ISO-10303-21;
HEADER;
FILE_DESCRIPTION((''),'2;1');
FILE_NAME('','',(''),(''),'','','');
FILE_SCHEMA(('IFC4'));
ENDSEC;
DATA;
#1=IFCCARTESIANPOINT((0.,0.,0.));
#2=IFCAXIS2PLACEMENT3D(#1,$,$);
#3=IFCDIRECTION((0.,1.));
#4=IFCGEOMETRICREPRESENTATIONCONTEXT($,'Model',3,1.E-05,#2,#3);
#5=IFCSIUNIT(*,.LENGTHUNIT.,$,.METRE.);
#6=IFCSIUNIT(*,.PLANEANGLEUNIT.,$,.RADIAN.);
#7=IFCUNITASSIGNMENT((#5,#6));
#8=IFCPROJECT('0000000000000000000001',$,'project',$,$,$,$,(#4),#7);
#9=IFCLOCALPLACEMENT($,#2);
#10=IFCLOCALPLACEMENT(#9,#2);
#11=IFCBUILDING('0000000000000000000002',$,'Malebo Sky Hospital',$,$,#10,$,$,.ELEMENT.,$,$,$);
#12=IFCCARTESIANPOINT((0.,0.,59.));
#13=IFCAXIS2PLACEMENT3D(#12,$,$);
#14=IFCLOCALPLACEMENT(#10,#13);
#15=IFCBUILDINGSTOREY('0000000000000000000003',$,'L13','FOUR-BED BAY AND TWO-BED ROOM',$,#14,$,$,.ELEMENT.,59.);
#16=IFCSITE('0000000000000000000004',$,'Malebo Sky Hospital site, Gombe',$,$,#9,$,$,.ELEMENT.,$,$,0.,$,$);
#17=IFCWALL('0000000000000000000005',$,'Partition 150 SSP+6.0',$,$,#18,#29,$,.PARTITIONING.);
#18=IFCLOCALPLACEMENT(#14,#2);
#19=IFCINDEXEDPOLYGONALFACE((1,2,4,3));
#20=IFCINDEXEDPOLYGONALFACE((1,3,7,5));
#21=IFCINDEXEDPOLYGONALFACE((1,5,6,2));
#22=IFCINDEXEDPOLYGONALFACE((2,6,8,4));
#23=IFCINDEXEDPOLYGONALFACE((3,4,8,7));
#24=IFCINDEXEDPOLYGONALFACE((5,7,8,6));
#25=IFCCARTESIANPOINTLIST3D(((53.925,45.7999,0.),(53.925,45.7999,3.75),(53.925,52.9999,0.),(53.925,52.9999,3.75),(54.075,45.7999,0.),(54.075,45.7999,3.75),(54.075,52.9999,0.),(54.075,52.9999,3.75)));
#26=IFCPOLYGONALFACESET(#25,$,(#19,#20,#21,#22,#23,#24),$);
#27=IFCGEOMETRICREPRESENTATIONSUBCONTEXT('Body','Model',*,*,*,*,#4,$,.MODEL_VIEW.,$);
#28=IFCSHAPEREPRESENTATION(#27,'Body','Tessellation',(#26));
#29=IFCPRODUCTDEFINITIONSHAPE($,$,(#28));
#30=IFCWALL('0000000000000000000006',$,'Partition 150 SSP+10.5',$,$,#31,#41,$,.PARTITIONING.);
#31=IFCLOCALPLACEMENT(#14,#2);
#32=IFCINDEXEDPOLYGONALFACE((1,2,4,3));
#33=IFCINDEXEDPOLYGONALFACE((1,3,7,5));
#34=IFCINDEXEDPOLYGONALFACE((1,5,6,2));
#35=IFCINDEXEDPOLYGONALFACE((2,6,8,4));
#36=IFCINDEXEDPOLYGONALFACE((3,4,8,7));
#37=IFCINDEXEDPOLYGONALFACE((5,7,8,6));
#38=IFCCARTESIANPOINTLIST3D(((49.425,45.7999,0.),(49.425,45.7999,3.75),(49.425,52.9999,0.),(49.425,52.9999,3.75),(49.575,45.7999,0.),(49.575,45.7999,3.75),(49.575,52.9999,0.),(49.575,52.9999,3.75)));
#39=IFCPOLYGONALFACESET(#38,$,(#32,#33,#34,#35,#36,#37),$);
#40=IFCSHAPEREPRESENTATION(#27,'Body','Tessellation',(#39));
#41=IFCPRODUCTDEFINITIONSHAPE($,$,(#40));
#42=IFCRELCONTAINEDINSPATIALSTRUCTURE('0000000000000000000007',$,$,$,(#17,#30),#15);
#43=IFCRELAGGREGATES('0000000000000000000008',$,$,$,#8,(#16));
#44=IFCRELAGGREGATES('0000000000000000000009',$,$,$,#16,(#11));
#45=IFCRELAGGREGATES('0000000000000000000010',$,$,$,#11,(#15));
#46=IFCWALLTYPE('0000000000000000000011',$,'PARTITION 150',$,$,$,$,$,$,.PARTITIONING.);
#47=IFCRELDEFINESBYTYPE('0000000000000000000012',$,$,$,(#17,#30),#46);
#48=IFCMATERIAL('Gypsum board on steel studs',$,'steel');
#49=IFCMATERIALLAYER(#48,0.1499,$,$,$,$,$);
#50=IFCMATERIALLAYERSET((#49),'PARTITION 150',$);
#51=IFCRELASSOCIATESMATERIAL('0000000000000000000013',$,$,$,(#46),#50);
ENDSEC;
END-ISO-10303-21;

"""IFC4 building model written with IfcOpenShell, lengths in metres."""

from ifc_helpers import new_model, si_unit, direction, frame, frame_2d, origin, place, context, subcontext, project, spatial, rectangle, extrude, material, layer, layer_set, type_object, element, save


model = new_model("IFC4")

# Units and contexts
model_context = context("Model", 3, precision=1e-05, world=origin(), true_north=direction((0.0, 1.0)))
body_context = subcontext(model_context, "Body", "Model", "MODEL_VIEW")
ifc_project = project(units=[si_unit("LENGTHUNIT", "METRE"), si_unit("PLANEANGLEUNIT", "RADIAN")], contexts=[model_context])

# Site, building, storey
site_placement = place(None, origin())
site = spatial("IfcSite", under=ifc_project, at=site_placement, Name="Malebo Sky Hospital site, Gombe", CompositionType="ELEMENT", RefElevation=0.0)
building_placement = place(site_placement, origin())
building = spatial("IfcBuilding", under=site, at=building_placement, Name="Malebo Sky Hospital", CompositionType="ELEMENT")
storey_placement = place(building_placement, frame((0.0, 0.0, 59.0)))
storey = spatial("IfcBuildingStorey", under=building, at=storey_placement, Name="L13", Description="FOUR-BED BAY AND TWO-BED ROOM", CompositionType="ELEMENT", Elevation=59.0)

# Shared definitions
ifc_material_1 = material(Name="Gypsum board on steel studs", Category="steel")

# Walls
ifc_layer_1 = layer(ifc_material_1, 0.1499)
ifc_layer_set_1 = layer_set([ifc_layer_1], Name="PARTITION 150")
wall_type_1 = type_object("IfcWallType", Name="PARTITION 150", PredefinedType="PARTITIONING", material=ifc_layer_set_1)
for number, where, z_axis, x_axis, name in (
    (1, (54.0, 53.0, 0.0), (0.0, 0.0, 1.0), (0.0, -1.0, 0.0), "Partition 150 SSP+6.0"),
    (2, (49.5, 53.0, 0.0), (0.0, 0.0, 1.0), (0.0, -1.0, 0.0), "Partition 150 SSP+10.5"),
):
    element("IfcWall", number, at=place(storey_placement, frame(where, z_axis=z_axis, x_axis=x_axis)), inside=storey, type_object=wall_type_1, Name=name, PredefinedType="PARTITIONING", context=body_context, shape_type="SweptSolid", body=[
        extrude(rectangle(XDim=7.2, YDim=0.1499, at=frame_2d((3.6001, 0.0))), origin(), (0.0, 0.0, 1.0), 3.75),
    ])

save(model, "model.ifc")
